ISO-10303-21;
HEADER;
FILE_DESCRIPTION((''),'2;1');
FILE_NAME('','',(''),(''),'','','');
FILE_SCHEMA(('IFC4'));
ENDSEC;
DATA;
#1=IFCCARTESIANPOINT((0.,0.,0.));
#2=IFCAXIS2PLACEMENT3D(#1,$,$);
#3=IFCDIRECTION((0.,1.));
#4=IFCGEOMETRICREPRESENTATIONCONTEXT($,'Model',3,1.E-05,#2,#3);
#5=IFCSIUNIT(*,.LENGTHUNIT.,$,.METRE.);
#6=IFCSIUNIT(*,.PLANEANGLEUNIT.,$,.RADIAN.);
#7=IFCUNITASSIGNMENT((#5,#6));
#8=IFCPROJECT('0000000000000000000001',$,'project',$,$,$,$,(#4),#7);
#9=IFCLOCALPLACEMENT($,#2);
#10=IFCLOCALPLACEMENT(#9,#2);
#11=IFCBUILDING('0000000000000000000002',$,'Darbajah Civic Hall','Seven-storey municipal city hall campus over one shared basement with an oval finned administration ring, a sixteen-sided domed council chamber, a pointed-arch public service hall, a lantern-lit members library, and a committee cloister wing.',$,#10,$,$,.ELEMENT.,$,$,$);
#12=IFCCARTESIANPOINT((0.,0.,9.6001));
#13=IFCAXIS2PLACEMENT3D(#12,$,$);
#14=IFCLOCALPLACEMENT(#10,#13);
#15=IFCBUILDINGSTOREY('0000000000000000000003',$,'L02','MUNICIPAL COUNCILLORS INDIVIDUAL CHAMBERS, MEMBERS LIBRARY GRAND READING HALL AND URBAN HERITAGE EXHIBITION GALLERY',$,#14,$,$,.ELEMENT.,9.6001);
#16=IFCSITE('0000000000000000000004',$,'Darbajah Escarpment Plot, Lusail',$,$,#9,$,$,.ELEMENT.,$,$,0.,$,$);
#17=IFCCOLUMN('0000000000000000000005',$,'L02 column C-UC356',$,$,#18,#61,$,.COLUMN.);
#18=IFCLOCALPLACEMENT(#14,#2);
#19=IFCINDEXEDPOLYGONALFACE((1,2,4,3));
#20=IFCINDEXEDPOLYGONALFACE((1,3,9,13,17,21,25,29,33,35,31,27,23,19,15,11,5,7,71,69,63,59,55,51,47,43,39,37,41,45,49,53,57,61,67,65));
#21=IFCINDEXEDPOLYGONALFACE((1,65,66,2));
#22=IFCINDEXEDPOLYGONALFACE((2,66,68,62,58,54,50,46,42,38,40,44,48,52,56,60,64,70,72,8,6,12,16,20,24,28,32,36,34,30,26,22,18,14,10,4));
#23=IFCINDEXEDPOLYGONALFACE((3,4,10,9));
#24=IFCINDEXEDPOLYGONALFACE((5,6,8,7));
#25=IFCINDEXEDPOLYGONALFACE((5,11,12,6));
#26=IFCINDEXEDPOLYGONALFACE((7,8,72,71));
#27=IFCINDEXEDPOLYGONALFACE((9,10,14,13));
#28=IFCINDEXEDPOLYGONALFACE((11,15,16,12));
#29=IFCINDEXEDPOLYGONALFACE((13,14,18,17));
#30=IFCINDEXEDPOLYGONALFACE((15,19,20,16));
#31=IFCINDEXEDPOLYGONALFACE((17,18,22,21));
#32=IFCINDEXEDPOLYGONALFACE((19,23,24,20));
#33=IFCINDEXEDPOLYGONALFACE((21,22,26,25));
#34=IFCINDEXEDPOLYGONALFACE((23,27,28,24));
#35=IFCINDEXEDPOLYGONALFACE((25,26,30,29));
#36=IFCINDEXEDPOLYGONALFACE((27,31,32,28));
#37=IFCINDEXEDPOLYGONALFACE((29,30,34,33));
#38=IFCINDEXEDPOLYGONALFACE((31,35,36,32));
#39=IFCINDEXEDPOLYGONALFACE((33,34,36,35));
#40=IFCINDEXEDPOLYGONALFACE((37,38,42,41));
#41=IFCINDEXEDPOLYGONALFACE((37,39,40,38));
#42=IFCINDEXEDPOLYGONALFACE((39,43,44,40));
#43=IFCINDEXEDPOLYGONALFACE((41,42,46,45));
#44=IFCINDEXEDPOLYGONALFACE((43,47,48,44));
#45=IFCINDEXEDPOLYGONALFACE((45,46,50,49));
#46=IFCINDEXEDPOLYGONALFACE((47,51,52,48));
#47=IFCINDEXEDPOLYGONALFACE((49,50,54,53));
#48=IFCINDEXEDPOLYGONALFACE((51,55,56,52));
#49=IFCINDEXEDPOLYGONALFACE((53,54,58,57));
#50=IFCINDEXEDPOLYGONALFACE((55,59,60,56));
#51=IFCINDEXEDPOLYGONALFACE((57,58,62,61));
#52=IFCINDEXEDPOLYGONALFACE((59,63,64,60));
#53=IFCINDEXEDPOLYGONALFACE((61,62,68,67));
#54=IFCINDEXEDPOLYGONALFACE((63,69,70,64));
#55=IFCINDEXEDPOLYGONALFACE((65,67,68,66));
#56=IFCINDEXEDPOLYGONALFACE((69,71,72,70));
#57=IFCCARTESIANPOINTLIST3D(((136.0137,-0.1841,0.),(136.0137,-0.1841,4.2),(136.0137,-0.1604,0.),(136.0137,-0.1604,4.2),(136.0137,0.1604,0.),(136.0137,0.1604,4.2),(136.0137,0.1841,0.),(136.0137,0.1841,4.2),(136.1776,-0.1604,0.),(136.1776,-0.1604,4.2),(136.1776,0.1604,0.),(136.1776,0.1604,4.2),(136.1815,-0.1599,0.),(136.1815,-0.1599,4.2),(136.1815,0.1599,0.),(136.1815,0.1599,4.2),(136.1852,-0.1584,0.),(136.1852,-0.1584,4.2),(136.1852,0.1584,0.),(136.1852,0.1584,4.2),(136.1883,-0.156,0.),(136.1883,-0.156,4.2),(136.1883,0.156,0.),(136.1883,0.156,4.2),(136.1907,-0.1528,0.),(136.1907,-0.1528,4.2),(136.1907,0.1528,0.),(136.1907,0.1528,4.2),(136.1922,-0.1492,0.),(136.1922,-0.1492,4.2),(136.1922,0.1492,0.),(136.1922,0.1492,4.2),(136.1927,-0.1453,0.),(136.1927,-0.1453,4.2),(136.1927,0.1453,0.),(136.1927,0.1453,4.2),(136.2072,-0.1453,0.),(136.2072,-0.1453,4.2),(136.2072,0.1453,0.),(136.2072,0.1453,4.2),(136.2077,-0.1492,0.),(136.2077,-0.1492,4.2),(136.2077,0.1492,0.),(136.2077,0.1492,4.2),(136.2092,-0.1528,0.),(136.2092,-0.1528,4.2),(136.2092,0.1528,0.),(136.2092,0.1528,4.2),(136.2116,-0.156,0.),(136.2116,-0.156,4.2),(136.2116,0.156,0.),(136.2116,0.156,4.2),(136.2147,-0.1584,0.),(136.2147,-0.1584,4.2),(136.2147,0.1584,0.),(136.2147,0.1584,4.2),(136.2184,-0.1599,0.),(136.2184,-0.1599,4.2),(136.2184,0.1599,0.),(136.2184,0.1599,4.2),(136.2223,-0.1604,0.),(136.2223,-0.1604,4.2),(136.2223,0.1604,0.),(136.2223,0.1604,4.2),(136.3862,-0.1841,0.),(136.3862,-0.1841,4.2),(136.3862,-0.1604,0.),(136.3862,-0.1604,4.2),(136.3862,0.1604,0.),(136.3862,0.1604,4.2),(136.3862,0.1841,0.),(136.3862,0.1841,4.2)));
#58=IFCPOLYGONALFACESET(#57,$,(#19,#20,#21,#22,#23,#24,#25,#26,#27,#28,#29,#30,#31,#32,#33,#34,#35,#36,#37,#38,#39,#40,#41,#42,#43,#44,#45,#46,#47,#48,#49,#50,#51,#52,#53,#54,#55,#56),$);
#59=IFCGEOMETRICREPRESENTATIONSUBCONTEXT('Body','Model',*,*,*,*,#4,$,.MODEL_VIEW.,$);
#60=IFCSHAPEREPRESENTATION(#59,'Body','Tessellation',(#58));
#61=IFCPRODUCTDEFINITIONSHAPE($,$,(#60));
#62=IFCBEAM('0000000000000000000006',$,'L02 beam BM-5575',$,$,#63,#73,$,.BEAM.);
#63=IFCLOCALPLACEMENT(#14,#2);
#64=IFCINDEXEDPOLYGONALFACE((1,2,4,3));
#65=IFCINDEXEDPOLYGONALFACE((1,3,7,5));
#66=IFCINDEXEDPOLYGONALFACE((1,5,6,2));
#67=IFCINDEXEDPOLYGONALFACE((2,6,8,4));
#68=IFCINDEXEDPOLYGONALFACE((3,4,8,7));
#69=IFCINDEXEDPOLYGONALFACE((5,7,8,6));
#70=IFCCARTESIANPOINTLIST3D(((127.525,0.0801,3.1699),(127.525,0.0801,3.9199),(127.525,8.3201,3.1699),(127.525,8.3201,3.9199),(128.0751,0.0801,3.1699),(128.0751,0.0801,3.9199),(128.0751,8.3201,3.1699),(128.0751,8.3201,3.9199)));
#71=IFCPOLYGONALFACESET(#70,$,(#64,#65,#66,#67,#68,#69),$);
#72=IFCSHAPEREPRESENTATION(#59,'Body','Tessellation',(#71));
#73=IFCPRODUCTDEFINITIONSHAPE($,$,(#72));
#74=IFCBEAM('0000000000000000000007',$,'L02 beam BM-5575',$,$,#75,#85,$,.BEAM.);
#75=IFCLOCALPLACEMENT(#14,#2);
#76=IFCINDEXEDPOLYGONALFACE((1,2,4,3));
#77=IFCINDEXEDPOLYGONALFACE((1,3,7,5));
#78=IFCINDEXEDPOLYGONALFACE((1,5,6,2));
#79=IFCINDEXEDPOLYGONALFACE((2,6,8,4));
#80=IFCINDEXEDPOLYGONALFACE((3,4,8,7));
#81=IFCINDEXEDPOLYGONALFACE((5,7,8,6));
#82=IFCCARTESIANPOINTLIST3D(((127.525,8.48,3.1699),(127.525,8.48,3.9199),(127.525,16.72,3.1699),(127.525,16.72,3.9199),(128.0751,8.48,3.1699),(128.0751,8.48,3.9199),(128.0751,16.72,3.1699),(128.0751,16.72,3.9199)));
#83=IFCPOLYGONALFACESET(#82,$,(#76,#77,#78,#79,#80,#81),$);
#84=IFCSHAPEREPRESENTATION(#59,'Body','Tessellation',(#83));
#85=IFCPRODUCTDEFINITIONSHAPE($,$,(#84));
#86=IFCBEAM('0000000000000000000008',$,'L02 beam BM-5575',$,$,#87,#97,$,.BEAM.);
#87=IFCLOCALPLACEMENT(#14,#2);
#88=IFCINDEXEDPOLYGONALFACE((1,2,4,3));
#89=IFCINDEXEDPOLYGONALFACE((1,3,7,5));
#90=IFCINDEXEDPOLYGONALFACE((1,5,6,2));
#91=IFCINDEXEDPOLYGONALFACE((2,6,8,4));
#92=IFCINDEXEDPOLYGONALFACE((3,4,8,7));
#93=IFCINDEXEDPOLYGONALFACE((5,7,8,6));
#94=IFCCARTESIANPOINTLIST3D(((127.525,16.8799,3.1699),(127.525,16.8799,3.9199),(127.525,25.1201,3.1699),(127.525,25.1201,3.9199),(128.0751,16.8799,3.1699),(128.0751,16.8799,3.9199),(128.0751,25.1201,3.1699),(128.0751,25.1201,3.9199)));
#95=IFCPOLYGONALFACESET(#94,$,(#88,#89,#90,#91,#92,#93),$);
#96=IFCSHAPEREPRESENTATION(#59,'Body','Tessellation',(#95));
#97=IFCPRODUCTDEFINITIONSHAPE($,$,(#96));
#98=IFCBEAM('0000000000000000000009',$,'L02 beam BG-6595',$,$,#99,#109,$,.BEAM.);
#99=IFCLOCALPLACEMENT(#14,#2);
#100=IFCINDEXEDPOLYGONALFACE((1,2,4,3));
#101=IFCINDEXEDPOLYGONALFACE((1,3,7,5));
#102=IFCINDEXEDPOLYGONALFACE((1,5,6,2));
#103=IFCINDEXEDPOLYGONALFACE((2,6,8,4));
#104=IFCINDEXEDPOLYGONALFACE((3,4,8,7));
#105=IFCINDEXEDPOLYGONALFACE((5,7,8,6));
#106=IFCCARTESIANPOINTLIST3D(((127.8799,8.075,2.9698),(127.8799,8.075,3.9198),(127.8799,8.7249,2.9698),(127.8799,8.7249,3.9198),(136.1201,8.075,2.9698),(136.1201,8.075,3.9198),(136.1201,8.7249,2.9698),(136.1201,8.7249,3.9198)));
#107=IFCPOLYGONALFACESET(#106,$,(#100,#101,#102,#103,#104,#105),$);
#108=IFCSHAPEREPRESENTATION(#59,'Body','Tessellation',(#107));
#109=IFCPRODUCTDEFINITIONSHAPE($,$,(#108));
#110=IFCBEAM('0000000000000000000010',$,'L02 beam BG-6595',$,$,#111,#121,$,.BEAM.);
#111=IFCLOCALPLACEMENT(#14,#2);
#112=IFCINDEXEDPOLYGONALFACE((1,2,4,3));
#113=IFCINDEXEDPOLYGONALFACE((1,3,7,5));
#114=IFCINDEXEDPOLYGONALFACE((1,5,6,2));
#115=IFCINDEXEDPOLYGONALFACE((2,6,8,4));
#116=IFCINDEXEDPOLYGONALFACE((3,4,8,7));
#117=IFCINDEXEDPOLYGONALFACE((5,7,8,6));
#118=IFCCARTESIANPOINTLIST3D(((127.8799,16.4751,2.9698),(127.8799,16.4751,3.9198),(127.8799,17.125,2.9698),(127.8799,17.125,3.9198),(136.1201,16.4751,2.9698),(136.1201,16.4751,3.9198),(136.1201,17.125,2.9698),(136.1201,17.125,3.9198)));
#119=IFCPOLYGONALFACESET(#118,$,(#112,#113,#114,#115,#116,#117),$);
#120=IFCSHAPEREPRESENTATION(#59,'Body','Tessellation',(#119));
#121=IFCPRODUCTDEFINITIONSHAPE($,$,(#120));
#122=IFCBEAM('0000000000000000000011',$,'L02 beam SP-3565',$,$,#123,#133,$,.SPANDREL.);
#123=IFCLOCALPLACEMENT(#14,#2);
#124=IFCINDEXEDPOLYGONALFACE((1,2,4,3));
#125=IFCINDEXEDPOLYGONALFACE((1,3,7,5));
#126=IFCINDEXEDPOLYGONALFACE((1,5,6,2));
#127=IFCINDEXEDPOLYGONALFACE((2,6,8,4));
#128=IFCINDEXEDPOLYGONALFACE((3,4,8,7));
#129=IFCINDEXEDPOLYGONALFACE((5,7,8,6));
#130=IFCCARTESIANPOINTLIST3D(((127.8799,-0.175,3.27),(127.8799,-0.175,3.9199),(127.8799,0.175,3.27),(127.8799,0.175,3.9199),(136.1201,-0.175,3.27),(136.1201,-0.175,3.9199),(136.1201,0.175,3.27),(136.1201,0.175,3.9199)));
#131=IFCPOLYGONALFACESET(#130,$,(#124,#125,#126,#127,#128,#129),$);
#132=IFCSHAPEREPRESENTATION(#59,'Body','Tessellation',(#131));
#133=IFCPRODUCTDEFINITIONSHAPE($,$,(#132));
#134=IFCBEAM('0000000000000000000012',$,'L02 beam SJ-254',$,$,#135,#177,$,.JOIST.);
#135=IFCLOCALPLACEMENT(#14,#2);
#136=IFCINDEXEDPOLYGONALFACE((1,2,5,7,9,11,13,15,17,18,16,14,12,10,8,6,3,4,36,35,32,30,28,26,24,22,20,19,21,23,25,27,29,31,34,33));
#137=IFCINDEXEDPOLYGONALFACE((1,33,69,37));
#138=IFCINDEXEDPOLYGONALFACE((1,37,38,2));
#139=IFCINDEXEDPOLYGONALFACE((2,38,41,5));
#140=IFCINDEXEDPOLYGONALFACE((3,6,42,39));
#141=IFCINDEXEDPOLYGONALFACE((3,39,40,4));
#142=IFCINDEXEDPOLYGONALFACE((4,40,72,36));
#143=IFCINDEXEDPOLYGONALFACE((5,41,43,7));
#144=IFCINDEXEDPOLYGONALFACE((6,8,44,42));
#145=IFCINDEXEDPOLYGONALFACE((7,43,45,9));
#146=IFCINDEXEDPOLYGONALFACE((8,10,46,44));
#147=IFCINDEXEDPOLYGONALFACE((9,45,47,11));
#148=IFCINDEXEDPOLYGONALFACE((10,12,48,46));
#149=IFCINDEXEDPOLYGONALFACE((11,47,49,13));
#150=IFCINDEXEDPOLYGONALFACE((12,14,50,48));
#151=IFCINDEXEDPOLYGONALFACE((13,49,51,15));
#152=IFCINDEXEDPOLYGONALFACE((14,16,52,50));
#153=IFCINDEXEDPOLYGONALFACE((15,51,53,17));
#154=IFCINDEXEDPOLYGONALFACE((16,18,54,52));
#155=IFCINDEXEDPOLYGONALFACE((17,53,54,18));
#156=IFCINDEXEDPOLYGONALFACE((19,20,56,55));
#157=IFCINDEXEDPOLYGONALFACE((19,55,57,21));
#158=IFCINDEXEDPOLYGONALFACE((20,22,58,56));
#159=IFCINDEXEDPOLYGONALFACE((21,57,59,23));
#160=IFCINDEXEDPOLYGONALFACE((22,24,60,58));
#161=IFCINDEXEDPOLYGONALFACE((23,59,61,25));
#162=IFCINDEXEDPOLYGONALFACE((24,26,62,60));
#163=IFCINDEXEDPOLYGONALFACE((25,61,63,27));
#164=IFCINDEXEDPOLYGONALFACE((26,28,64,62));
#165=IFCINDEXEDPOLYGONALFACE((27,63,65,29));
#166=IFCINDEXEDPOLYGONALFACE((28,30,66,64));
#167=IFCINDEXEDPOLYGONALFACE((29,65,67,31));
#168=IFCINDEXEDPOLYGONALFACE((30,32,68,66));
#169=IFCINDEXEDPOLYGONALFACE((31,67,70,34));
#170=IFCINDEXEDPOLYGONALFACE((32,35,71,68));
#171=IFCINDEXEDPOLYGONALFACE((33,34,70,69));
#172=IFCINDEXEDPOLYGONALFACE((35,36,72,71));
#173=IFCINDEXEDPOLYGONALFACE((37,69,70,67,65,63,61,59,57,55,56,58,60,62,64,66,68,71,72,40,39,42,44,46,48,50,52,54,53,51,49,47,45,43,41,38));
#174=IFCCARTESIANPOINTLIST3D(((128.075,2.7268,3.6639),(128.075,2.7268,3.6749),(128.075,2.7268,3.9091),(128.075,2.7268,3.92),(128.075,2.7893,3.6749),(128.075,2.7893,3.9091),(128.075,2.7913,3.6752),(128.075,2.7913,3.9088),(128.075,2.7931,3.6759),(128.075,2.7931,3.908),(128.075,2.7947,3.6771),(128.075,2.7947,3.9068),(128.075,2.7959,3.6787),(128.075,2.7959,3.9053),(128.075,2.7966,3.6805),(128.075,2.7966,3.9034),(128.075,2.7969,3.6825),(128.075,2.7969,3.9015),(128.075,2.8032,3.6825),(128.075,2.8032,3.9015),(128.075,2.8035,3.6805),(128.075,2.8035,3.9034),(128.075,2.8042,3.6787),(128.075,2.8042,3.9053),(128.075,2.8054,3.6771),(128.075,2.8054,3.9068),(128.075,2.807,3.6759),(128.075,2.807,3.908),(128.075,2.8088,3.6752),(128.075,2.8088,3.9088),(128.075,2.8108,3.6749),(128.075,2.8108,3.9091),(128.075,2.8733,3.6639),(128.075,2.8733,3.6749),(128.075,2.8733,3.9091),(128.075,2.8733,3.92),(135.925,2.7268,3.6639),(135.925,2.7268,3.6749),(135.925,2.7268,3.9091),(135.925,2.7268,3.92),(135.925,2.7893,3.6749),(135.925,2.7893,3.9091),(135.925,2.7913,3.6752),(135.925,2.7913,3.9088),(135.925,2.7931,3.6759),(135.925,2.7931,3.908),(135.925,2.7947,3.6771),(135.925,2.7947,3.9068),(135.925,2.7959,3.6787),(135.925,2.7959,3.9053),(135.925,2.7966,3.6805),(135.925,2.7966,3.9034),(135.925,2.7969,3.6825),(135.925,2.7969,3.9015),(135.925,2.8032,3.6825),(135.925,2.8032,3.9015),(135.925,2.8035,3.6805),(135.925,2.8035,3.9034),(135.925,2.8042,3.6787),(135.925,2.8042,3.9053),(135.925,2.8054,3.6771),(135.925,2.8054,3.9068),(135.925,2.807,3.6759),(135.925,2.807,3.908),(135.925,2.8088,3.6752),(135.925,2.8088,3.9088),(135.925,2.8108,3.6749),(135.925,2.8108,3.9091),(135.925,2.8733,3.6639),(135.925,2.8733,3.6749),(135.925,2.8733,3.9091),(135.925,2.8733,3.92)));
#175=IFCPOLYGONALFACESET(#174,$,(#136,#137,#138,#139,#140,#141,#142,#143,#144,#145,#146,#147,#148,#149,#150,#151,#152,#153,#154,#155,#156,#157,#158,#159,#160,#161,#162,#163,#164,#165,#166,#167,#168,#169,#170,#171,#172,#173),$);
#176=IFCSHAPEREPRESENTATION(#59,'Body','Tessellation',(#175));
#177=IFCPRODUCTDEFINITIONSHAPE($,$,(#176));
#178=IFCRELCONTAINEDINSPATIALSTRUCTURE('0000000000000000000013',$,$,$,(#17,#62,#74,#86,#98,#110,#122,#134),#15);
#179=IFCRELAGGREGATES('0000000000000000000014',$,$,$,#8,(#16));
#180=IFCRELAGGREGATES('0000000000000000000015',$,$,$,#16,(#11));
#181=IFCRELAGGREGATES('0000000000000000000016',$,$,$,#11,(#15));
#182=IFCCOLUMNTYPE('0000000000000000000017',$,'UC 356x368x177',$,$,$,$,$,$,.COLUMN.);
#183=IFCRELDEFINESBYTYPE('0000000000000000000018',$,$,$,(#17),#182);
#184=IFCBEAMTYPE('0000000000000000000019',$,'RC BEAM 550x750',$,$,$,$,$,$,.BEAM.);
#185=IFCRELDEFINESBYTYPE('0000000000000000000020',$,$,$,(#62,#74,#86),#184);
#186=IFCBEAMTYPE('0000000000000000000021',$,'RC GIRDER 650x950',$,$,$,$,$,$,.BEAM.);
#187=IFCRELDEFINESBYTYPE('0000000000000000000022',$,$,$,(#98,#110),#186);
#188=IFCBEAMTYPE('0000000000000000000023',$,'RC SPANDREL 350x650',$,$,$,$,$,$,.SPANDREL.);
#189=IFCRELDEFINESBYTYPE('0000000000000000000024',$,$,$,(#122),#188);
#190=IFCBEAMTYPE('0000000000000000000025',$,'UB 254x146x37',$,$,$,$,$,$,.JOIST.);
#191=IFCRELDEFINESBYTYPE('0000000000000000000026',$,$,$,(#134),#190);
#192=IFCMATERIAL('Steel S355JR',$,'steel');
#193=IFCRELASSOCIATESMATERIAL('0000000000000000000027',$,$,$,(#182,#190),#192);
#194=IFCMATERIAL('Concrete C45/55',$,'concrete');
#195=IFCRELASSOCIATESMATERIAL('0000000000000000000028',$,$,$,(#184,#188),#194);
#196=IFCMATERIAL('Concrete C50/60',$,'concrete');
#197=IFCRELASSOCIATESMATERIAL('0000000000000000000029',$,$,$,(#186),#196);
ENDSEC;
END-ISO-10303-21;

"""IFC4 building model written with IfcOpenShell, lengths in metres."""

from ifc_helpers import new_model, si_unit, direction, frame, origin, origin_2d, place, context, subcontext, project, spatial, rectangle, i_section, extrude, material, material_profile, profile_set, type_object, element, save


model = new_model("IFC4")

# Units and contexts
model_context = context("Model", 3, precision=1e-05, world=origin(), true_north=direction((0.0, 1.0)))
body_context = subcontext(model_context, "Body", "Model", "MODEL_VIEW")
ifc_project = project(units=[si_unit("LENGTHUNIT", "METRE"), si_unit("PLANEANGLEUNIT", "RADIAN")], contexts=[model_context])

# Site, building, storey
site_placement = place(None, origin())
site = spatial("IfcSite", under=ifc_project, at=site_placement, Name="Darbajah Escarpment Plot, Lusail", CompositionType="ELEMENT", RefElevation=0.0)
building_placement = place(site_placement, origin())
building = spatial("IfcBuilding", under=site, at=building_placement, Name="Darbajah Civic Hall", Description="Seven-storey municipal city hall campus over one shared basement with an oval finned administration ring, a sixteen-sided domed council chamber, a pointed-arch public service hall, a lantern-lit members library, and a committee cloister wing.", CompositionType="ELEMENT")
storey_placement = place(building_placement, frame((0.0, 0.0, 9.6001)))
storey = spatial("IfcBuildingStorey", under=building, at=storey_placement, Name="L02", Description="MUNICIPAL COUNCILLORS INDIVIDUAL CHAMBERS, MEMBERS LIBRARY GRAND READING HALL AND URBAN HERITAGE EXHIBITION GALLERY", CompositionType="ELEMENT", Elevation=9.6001)

# Column
ifc_material_1 = material(Name="Concrete C45/55", Category="concrete")
ifc_material_2 = material(Name="Steel S355JR", Category="steel")
ifc_material_profile_1 = material_profile(ifc_material_2, i_section(OverallWidth=0.3726, OverallDepth=0.3682, WebThickness=0.0144, FlangeThickness=0.0237, FilletRadius=0.0151, at=origin_2d()), Name="UC 356x368x177")
ifc_profile_set_1 = profile_set([ifc_material_profile_1], Name="Steel S355JR")
column_type_1 = type_object("IfcColumnType", Name="UC 356x368x177", PredefinedType="COLUMN", material=ifc_profile_set_1)
for number, where, z_axis, x_axis, name in (
    (1, (136.2, 0.0, 0.0), (0.0, 0.0, 1.0), (1.0, 0.0, 0.0), "L02 column C-UC356"),
):
    element("IfcColumn", number, at=place(storey_placement, frame(where, z_axis=z_axis, x_axis=x_axis)), inside=storey, type_object=column_type_1, Name=name, PredefinedType="COLUMN", context=body_context, shape_type="SweptSolid", body=[
        extrude(i_section(OverallWidth=0.3726, OverallDepth=0.3682, WebThickness=0.0144, FlangeThickness=0.0237, FilletRadius=0.0151, at=origin_2d()), origin(), (0.0, 0.0, 1.0), 4.2),
    ])

# Beams
ifc_material_profile_2 = material_profile(ifc_material_1, rectangle(XDim=0.55, YDim=0.75, at=origin_2d()), Name="RC BEAM 550x750")
ifc_profile_set_2 = profile_set([ifc_material_profile_2], Name="Concrete C45/55")
beam_type_1 = type_object("IfcBeamType", Name="RC BEAM 550x750", PredefinedType="BEAM", material=ifc_profile_set_2)
for number, where, z_axis, x_axis, name in (
    (2, (127.8, 0.0801, 3.5449), (0.0, 1.0, 0.0), (-1.0, 0.0, 0.0), "L02 beam BM-5575"),
    (3, (127.8, 8.48, 3.5449), (0.0, 1.0, 0.0), (-1.0, 0.0, 0.0), "L02 beam BM-5575"),
):
    element("IfcBeam", number, at=place(storey_placement, frame(where, z_axis=z_axis, x_axis=x_axis)), inside=storey, type_object=beam_type_1, Name=name, PredefinedType="BEAM", context=body_context, shape_type="SweptSolid", body=[
        extrude(rectangle(XDim=0.55, YDim=0.75, at=origin_2d()), origin(), (0.0, 0.0, 1.0), 8.24),
    ])
beam_1_placement = place(storey_placement, frame((127.8, 16.8799, 3.5449), z_axis=(0.0, 1.0, 0.0), x_axis=(-1.0, 0.0, 0.0)))
element("IfcBeam", 4, at=beam_1_placement, inside=storey, type_object=beam_type_1, Name="L02 beam BM-5575", PredefinedType="BEAM", context=body_context, shape_type="SweptSolid", body=[
    extrude(rectangle(XDim=0.55, YDim=0.75, at=origin_2d()), origin(), (0.0, 0.0, 1.0), 8.2402),
])
ifc_material_3 = material(Name="Concrete C50/60", Category="concrete")
ifc_material_profile_3 = material_profile(ifc_material_3, rectangle(XDim=0.6499, YDim=0.95, at=origin_2d()), Name="RC GIRDER 650x950")
ifc_profile_set_3 = profile_set([ifc_material_profile_3], Name="Concrete C50/60")
beam_type_2 = type_object("IfcBeamType", Name="RC GIRDER 650x950", PredefinedType="BEAM", material=ifc_profile_set_3)
for number, where, z_axis, x_axis, name in (
    (5, (127.8799, 8.3999, 3.4448), (1.0, 0.0, 0.0), (0.0, 1.0, 0.0), "L02 beam BG-6595"),
    (6, (127.8799, 16.8, 3.4448), (1.0, 0.0, 0.0), (0.0, 1.0, 0.0), "L02 beam BG-6595"),
):
    element("IfcBeam", number, at=place(storey_placement, frame(where, z_axis=z_axis, x_axis=x_axis)), inside=storey, type_object=beam_type_2, Name=name, PredefinedType="BEAM", context=body_context, shape_type="SweptSolid", body=[
        extrude(rectangle(XDim=0.6499, YDim=0.95, at=origin_2d()), origin(), (0.0, 0.0, 1.0), 8.2402),
    ])
ifc_material_profile_4 = material_profile(ifc_material_1, rectangle(XDim=0.3501, YDim=0.6499, at=origin_2d()), Name="RC SPANDREL 350x650")
ifc_profile_set_4 = profile_set([ifc_material_profile_4], Name="Concrete C45/55")
beam_type_3 = type_object("IfcBeamType", Name="RC SPANDREL 350x650", PredefinedType="SPANDREL", material=ifc_profile_set_4)
beam_2_placement = place(storey_placement, frame((127.8799, 0.0, 3.595), z_axis=(1.0, 0.0, 0.0), x_axis=(0.0, 1.0, 0.0)))
element("IfcBeam", 7, at=beam_2_placement, inside=storey, type_object=beam_type_3, Name="L02 beam SP-3565", PredefinedType="SPANDREL", context=body_context, shape_type="SweptSolid", body=[
    extrude(rectangle(XDim=0.3501, YDim=0.6499, at=origin_2d()), origin(), (0.0, 0.0, 1.0), 8.2402),
])
ifc_material_profile_5 = material_profile(ifc_material_2, i_section(OverallWidth=0.1465, OverallDepth=0.2561, WebThickness=0.0063, FlangeThickness=0.011, FilletRadius=0.0076, at=origin_2d()), Name="UB 254x146x37")
ifc_profile_set_5 = profile_set([ifc_material_profile_5], Name="Steel S355JR")
beam_type_4 = type_object("IfcBeamType", Name="UB 254x146x37", PredefinedType="JOIST", material=ifc_profile_set_5)
for number, where, z_axis, x_axis, name in (
    (8, (128.075, 2.8, 3.792), (1.0, 0.0, 0.0), (0.0, 1.0, 0.0), "L02 beam SJ-254"),
):
    element("IfcBeam", number, at=place(storey_placement, frame(where, z_axis=z_axis, x_axis=x_axis)), inside=storey, type_object=beam_type_4, Name=name, PredefinedType="JOIST", context=body_context, shape_type="SweptSolid", body=[
        extrude(i_section(OverallWidth=0.1465, OverallDepth=0.2561, WebThickness=0.0063, FlangeThickness=0.011, FilletRadius=0.0076, at=origin_2d()), origin(), (0.0, 0.0, 1.0), 7.8501),
    ])

save(model, "model.ifc")
